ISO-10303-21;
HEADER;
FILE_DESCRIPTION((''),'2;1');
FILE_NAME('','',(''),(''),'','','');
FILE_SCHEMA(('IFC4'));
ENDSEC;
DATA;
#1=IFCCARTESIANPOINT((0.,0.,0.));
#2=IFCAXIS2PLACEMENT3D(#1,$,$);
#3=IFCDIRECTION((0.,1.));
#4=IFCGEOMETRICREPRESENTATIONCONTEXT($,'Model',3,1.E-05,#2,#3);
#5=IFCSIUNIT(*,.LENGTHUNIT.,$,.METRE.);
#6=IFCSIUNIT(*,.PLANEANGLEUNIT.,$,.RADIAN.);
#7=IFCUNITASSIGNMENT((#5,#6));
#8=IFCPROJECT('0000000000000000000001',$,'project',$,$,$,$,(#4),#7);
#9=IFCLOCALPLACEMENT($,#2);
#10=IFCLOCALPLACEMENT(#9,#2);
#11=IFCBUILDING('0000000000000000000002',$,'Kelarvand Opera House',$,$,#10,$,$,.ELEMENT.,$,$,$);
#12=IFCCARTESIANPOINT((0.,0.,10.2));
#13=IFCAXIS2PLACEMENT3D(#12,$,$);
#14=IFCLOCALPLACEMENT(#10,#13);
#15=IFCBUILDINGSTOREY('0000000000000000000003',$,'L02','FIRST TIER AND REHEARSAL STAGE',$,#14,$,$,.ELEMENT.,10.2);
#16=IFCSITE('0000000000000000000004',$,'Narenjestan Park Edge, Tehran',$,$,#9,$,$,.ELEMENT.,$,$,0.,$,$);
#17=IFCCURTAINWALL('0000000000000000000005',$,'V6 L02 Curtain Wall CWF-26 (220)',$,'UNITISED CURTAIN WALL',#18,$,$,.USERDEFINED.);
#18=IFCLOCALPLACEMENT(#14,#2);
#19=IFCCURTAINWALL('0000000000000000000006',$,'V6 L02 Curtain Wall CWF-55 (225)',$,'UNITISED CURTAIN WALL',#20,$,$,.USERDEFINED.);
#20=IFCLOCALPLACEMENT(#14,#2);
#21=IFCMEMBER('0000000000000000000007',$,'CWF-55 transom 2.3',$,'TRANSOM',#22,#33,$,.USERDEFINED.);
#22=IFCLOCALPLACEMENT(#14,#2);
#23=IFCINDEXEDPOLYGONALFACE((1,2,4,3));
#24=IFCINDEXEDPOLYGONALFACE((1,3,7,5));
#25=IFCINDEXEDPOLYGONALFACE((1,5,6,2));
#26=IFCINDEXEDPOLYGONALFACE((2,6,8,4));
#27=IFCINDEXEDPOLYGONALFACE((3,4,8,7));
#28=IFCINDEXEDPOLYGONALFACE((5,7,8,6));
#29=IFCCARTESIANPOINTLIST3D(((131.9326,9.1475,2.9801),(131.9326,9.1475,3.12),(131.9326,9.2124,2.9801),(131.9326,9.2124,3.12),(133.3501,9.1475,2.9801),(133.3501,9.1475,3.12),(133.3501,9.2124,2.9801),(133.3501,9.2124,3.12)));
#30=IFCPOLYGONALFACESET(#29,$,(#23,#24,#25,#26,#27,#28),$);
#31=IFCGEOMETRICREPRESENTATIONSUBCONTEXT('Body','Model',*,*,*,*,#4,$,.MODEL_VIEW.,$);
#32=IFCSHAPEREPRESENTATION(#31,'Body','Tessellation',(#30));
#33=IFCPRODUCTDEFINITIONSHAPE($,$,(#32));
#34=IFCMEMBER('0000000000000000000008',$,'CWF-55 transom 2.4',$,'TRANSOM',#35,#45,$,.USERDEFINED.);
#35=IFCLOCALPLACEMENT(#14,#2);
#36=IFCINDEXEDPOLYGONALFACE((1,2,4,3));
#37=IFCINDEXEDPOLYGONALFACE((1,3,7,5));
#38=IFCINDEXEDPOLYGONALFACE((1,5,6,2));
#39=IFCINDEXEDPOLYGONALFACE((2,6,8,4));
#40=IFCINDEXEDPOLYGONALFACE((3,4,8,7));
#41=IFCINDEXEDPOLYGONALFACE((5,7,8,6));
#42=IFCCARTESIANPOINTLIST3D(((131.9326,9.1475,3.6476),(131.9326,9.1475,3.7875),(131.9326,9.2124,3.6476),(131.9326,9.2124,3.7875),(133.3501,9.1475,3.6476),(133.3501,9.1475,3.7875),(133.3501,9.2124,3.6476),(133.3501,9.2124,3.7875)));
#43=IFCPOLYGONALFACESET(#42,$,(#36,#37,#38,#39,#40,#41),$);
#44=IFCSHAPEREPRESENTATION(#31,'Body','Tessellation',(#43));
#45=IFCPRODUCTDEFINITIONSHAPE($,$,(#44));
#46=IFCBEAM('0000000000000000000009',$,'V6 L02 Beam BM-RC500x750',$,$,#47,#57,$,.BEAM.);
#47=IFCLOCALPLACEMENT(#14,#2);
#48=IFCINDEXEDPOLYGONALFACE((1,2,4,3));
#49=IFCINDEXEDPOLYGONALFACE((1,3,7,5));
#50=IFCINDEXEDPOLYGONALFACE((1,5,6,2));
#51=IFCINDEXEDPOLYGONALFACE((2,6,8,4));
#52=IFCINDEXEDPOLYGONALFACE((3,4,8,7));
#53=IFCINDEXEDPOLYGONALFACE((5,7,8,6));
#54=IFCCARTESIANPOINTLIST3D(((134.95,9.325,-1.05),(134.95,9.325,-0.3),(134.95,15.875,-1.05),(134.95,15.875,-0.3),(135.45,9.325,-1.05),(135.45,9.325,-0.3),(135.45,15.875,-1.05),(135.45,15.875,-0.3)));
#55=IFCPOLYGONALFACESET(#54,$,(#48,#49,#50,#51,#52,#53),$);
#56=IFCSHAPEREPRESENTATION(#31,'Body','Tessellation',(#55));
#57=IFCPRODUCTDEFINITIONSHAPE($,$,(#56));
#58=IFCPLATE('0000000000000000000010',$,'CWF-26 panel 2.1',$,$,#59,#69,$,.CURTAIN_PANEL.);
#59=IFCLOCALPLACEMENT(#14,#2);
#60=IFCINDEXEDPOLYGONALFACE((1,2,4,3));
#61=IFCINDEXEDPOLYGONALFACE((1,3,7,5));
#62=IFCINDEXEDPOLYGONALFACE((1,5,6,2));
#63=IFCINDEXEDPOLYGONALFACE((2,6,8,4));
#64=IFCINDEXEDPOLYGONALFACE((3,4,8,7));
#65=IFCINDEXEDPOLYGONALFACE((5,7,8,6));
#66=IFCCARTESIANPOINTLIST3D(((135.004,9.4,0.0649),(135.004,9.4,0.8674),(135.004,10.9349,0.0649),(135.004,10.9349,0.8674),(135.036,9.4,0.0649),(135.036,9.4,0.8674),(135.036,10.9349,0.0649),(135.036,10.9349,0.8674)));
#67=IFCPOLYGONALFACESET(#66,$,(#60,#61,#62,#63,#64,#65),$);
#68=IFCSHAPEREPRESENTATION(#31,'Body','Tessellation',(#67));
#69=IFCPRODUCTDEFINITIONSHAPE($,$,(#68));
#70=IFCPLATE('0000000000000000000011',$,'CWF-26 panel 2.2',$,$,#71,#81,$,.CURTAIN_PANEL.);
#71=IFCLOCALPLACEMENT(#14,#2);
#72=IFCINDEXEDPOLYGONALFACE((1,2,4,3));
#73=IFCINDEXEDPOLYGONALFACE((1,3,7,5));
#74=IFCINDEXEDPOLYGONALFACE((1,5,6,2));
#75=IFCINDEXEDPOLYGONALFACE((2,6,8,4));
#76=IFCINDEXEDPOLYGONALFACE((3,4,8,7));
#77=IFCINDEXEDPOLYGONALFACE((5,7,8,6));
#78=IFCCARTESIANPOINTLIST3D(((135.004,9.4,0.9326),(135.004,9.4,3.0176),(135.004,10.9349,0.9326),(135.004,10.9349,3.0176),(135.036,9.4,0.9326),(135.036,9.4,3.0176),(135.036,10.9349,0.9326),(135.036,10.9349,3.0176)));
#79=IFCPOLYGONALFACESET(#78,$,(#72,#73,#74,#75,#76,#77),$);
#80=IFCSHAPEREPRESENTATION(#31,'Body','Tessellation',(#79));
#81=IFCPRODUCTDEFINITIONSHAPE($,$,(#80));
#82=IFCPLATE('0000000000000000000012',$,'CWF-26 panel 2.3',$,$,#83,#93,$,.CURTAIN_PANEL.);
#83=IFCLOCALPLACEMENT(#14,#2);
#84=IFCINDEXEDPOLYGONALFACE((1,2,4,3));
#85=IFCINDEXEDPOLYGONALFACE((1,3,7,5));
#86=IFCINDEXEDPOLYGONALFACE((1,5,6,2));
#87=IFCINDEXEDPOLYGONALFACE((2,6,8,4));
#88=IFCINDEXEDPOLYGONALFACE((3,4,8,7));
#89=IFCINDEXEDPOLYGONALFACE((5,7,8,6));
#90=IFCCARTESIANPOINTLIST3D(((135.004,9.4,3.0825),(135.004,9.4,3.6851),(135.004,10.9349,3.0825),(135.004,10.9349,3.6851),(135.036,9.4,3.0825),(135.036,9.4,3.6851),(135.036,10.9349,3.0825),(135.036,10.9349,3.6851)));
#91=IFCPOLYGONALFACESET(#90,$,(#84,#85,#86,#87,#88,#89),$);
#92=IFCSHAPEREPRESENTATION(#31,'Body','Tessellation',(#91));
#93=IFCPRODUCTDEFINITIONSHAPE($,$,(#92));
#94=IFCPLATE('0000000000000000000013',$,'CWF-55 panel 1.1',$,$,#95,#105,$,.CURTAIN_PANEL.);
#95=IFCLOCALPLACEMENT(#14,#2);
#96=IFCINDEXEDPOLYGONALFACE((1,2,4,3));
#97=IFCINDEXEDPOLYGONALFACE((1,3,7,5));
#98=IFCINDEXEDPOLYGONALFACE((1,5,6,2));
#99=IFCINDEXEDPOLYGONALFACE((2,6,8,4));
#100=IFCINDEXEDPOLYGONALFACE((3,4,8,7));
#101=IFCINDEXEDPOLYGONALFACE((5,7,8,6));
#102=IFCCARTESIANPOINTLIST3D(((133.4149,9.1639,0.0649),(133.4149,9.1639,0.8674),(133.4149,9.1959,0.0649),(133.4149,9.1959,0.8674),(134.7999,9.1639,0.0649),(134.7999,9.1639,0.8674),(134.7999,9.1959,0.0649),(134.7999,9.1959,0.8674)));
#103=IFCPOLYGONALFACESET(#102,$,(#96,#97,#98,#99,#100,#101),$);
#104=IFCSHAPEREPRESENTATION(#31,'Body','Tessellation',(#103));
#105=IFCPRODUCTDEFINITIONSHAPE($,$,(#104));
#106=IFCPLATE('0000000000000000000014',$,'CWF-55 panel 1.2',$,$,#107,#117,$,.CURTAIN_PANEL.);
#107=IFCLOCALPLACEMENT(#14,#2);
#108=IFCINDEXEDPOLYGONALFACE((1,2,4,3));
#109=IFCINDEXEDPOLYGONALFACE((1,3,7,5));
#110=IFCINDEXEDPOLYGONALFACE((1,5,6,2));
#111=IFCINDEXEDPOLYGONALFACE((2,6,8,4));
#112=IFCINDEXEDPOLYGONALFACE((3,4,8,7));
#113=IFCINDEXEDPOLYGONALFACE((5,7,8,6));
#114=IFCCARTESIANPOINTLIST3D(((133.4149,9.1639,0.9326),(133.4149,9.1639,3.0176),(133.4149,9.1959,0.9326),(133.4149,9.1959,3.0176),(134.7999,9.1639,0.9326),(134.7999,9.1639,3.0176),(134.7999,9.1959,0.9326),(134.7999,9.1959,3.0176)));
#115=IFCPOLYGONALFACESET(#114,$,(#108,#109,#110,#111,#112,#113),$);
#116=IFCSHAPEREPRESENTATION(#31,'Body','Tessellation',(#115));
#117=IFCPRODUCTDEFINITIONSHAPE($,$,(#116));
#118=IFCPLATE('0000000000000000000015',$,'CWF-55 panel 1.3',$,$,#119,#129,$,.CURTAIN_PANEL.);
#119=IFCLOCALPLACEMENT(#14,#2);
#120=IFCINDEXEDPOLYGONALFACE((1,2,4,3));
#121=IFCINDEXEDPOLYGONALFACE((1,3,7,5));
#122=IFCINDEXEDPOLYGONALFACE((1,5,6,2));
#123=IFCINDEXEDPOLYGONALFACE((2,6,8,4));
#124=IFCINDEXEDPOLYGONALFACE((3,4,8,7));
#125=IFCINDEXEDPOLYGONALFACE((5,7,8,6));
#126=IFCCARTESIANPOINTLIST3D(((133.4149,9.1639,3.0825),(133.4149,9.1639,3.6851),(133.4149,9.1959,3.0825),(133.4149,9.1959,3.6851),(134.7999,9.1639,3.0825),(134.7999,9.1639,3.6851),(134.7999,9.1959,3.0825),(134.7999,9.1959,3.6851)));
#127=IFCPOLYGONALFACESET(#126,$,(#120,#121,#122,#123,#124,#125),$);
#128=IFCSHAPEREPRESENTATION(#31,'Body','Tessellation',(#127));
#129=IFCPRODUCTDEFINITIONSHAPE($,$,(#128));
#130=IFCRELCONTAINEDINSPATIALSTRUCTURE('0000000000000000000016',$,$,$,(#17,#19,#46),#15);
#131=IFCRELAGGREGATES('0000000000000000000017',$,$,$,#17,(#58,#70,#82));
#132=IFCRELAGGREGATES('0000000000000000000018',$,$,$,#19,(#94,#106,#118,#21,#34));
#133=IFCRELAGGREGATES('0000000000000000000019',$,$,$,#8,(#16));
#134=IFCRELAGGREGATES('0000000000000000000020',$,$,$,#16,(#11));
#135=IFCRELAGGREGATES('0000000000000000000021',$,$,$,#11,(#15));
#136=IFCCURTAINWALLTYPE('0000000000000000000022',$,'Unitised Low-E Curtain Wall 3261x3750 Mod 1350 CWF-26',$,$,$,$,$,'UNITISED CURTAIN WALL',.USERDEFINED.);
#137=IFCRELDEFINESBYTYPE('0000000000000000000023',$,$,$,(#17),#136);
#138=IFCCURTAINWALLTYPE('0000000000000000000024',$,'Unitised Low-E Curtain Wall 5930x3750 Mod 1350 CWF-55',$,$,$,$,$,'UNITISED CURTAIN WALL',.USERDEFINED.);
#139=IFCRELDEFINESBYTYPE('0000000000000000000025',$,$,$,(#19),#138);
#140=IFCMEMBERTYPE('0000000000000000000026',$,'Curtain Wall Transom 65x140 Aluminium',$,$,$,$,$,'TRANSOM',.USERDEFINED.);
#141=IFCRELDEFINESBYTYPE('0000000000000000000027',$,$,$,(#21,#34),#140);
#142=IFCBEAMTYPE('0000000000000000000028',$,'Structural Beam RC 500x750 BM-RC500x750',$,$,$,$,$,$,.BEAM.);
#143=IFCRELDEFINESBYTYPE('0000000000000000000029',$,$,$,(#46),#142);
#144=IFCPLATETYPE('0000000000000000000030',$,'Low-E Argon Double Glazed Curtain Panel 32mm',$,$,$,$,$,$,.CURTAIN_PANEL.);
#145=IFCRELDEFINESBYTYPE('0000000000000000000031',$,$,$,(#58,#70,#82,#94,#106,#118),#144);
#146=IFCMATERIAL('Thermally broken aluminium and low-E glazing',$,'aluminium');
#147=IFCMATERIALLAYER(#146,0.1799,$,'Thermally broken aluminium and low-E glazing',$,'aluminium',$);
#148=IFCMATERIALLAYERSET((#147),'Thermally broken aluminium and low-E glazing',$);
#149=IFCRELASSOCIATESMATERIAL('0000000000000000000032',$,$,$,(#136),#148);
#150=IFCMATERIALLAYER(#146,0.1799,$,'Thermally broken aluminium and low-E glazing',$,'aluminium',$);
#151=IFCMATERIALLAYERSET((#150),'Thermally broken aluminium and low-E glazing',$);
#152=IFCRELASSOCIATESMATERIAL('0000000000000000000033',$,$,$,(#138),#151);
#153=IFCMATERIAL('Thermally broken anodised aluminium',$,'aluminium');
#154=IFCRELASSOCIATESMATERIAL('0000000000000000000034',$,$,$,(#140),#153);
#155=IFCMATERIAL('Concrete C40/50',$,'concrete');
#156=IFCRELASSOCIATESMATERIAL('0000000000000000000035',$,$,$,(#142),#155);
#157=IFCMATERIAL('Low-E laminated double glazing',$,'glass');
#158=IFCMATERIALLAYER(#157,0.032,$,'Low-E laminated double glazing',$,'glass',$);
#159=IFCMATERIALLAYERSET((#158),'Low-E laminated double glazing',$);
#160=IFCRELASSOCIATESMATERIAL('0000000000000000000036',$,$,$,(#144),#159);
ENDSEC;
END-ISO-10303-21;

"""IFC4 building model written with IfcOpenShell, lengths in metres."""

from ifc_helpers import new_model, si_unit, direction, frame, origin, origin_2d, place, context, subcontext, project, spatial, rectangle, extrude, material, layer, layer_set, material_profile, profile_set, type_object, element, aggregate, save


model = new_model("IFC4")

# Units and contexts
model_context = context("Model", 3, precision=1e-05, world=origin(), true_north=direction((0.0, 1.0)))
body_context = subcontext(model_context, "Body", "Model", "MODEL_VIEW")
ifc_project = project(units=[si_unit("LENGTHUNIT", "METRE"), si_unit("PLANEANGLEUNIT", "RADIAN")], contexts=[model_context])

# Site, building, storey
site_placement = place(None, origin())
site = spatial("IfcSite", under=ifc_project, at=site_placement, Name="Narenjestan Park Edge, Tehran", CompositionType="ELEMENT", RefElevation=0.0)
building_placement = place(site_placement, origin())
building = spatial("IfcBuilding", under=site, at=building_placement, Name="Kelarvand Opera House", CompositionType="ELEMENT")
storey_placement = place(building_placement, frame((0.0, 0.0, 10.2)))
storey = spatial("IfcBuildingStorey", under=building, at=storey_placement, Name="L02", Description="FIRST TIER AND REHEARSAL STAGE", CompositionType="ELEMENT", Elevation=10.2)

# Shared definitions
ifc_material_1 = material(Name="Concrete C40/50", Category="concrete")

# Curtain walls
ifc_material_2 = material(Name="Thermally broken aluminium and low-E glazing", Category="aluminium")
ifc_layer_1 = layer(ifc_material_2, 0.1799, Name="Thermally broken aluminium and low-E glazing", Category="aluminium")
ifc_layer_set_1 = layer_set([ifc_layer_1], Name="Thermally broken aluminium and low-E glazing")
curtain_wall_type_1 = type_object("IfcCurtainWallType", Name="Unitised Low-E Curtain Wall 3261x3750 Mod 1350 CWF-26", ElementType="UNITISED CURTAIN WALL", PredefinedType="USERDEFINED", material=ifc_layer_set_1)
curtain_wall_1_placement = place(storey_placement, origin())
curtain_wall_1 = element("IfcCurtainWall", 1, at=curtain_wall_1_placement, inside=storey, type_object=curtain_wall_type_1, Name="V6 L02 Curtain Wall CWF-26 (220)", ObjectType="UNITISED CURTAIN WALL", PredefinedType="USERDEFINED")
ifc_material_3 = material(Name="Thermally broken anodised aluminium", Category="aluminium")
ifc_layer_2 = layer(ifc_material_2, 0.1799, Name="Thermally broken aluminium and low-E glazing", Category="aluminium")
ifc_layer_set_2 = layer_set([ifc_layer_2], Name="Thermally broken aluminium and low-E glazing")
curtain_wall_type_2 = type_object("IfcCurtainWallType", Name="Unitised Low-E Curtain Wall 5930x3750 Mod 1350 CWF-55", ElementType="UNITISED CURTAIN WALL", PredefinedType="USERDEFINED", material=ifc_layer_set_2)
curtain_wall_2_placement = place(storey_placement, origin())
curtain_wall_2 = element("IfcCurtainWall", 2, at=curtain_wall_2_placement, inside=storey, type_object=curtain_wall_type_2, Name="V6 L02 Curtain Wall CWF-55 (225)", ObjectType="UNITISED CURTAIN WALL", PredefinedType="USERDEFINED")

# Members
ifc_material_profile_1 = material_profile(ifc_material_3, rectangle(XDim=0.0649, YDim=0.1399, at=origin_2d()), Name="ALU TRANSOM 65x140", Category="aluminium")
ifc_profile_set_1 = profile_set([ifc_material_profile_1], Name="Thermally broken anodised aluminium")
member_type_1 = type_object("IfcMemberType", Name="Curtain Wall Transom 65x140 Aluminium", ElementType="TRANSOM", PredefinedType="USERDEFINED", material=ifc_profile_set_1)
member_1_placement = place(storey_placement, frame((133.3501, 9.1799, 3.05), z_axis=(-1.0, 0.0, 0.0), x_axis=(0.0, -1.0, 0.0)))
member_1 = element("IfcMember", 3, at=member_1_placement, type_object=member_type_1, Name="CWF-55 transom 2.3", ObjectType="TRANSOM", PredefinedType="USERDEFINED", context=body_context, shape_type="SweptSolid", body=[
    extrude(rectangle(XDim=0.0649, YDim=0.1399, at=origin_2d()), origin(), (0.0, 0.0, 1.0), 1.4175),
])
member_2_placement = place(storey_placement, frame((133.3501, 9.1799, 3.7175), z_axis=(-1.0, 0.0, 0.0), x_axis=(0.0, -1.0, 0.0)))
member_2 = element("IfcMember", 4, at=member_2_placement, type_object=member_type_1, Name="CWF-55 transom 2.4", ObjectType="TRANSOM", PredefinedType="USERDEFINED", context=body_context, shape_type="SweptSolid", body=[
    extrude(rectangle(XDim=0.0649, YDim=0.1399, at=origin_2d()), origin(), (0.0, 0.0, 1.0), 1.4175),
])

# Beam
ifc_material_profile_2 = material_profile(ifc_material_1, rectangle(XDim=0.5, YDim=0.75, at=origin_2d()), Name="RC 500x750", Category="concrete")
ifc_profile_set_2 = profile_set([ifc_material_profile_2], Name="Concrete C40/50")
beam_type = type_object("IfcBeamType", Name="Structural Beam RC 500x750 BM-RC500x750", PredefinedType="BEAM", material=ifc_profile_set_2)
beam_placement = place(storey_placement, frame((135.2, 9.325, -0.675), z_axis=(0.0, 1.0, 0.0), x_axis=(-1.0, 0.0, 0.0)))
element("IfcBeam", 5, at=beam_placement, inside=storey, type_object=beam_type, Name="V6 L02 Beam BM-RC500x750", PredefinedType="BEAM", context=body_context, shape_type="SweptSolid", body=[
    extrude(rectangle(XDim=0.5, YDim=0.75, at=origin_2d()), origin(), (0.0, 0.0, 1.0), 6.55),
])

# Plates
ifc_material_4 = material(Name="Low-E laminated double glazing", Category="glass")
ifc_layer_3 = layer(ifc_material_4, 0.032, Name="Low-E laminated double glazing", Category="glass")
ifc_layer_set_3 = layer_set([ifc_layer_3], Name="Low-E laminated double glazing")
plate_type = type_object("IfcPlateType", Name="Low-E Argon Double Glazed Curtain Panel 32mm", PredefinedType="CURTAIN_PANEL", material=ifc_layer_set_3)
plate_1_placement = place(storey_placement, frame((135.02, 10.1675, 0.0649), z_axis=(0.0, 0.0, 1.0), x_axis=(0.0, -1.0, 0.0)))
plate_1 = element("IfcPlate", 6, at=plate_1_placement, type_object=plate_type, Name="CWF-26 panel 2.1", PredefinedType="CURTAIN_PANEL", context=body_context, shape_type="SweptSolid", body=[
    extrude(rectangle(XDim=1.5349, YDim=0.032, at=origin_2d()), origin(), (0.0, 0.0, 1.0), 0.8025),
])
plate_2_placement = place(storey_placement, frame((135.02, 10.1675, 0.9326), z_axis=(0.0, 0.0, 1.0), x_axis=(0.0, -1.0, 0.0)))
plate_2 = element("IfcPlate", 7, at=plate_2_placement, type_object=plate_type, Name="CWF-26 panel 2.2", PredefinedType="CURTAIN_PANEL", context=body_context, shape_type="SweptSolid", body=[
    extrude(rectangle(XDim=1.5349, YDim=0.032, at=origin_2d()), origin(), (0.0, 0.0, 1.0), 2.085),
])
plate_3_placement = place(storey_placement, frame((135.02, 10.1675, 3.0825), z_axis=(0.0, 0.0, 1.0), x_axis=(0.0, -1.0, 0.0)))
plate_3 = element("IfcPlate", 8, at=plate_3_placement, type_object=plate_type, Name="CWF-26 panel 2.3", PredefinedType="CURTAIN_PANEL", context=body_context, shape_type="SweptSolid", body=[
    extrude(rectangle(XDim=1.5349, YDim=0.032, at=origin_2d()), origin(), (0.0, 0.0, 1.0), 0.6025),
])
aggregate(curtain_wall_1, [plate_1, plate_2, plate_3])
plate_4_placement = place(storey_placement, frame((134.1074, 9.1799, 0.0649), z_axis=(0.0, 0.0, 1.0), x_axis=(-1.0, 0.0, 0.0)))
plate_4 = element("IfcPlate", 9, at=plate_4_placement, type_object=plate_type, Name="CWF-55 panel 1.1", PredefinedType="CURTAIN_PANEL", context=body_context, shape_type="SweptSolid", body=[
    extrude(rectangle(XDim=1.385, YDim=0.032, at=origin_2d()), origin(), (0.0, 0.0, 1.0), 0.8025),
])
plate_5_placement = place(storey_placement, frame((134.1074, 9.1799, 0.9326), z_axis=(0.0, 0.0, 1.0), x_axis=(-1.0, 0.0, 0.0)))
plate_5 = element("IfcPlate", 10, at=plate_5_placement, type_object=plate_type, Name="CWF-55 panel 1.2", PredefinedType="CURTAIN_PANEL", context=body_context, shape_type="SweptSolid", body=[
    extrude(rectangle(XDim=1.385, YDim=0.032, at=origin_2d()), origin(), (0.0, 0.0, 1.0), 2.085),
])
plate_6_placement = place(storey_placement, frame((134.1074, 9.1799, 3.0825), z_axis=(0.0, 0.0, 1.0), x_axis=(-1.0, 0.0, 0.0)))
plate_6 = element("IfcPlate", 11, at=plate_6_placement, type_object=plate_type, Name="CWF-55 panel 1.3", PredefinedType="CURTAIN_PANEL", context=body_context, shape_type="SweptSolid", body=[
    extrude(rectangle(XDim=1.385, YDim=0.032, at=origin_2d()), origin(), (0.0, 0.0, 1.0), 0.6025),
])
aggregate(curtain_wall_2, [plate_4, plate_5, plate_6, member_1, member_2])

save(model, "model.ifc")
